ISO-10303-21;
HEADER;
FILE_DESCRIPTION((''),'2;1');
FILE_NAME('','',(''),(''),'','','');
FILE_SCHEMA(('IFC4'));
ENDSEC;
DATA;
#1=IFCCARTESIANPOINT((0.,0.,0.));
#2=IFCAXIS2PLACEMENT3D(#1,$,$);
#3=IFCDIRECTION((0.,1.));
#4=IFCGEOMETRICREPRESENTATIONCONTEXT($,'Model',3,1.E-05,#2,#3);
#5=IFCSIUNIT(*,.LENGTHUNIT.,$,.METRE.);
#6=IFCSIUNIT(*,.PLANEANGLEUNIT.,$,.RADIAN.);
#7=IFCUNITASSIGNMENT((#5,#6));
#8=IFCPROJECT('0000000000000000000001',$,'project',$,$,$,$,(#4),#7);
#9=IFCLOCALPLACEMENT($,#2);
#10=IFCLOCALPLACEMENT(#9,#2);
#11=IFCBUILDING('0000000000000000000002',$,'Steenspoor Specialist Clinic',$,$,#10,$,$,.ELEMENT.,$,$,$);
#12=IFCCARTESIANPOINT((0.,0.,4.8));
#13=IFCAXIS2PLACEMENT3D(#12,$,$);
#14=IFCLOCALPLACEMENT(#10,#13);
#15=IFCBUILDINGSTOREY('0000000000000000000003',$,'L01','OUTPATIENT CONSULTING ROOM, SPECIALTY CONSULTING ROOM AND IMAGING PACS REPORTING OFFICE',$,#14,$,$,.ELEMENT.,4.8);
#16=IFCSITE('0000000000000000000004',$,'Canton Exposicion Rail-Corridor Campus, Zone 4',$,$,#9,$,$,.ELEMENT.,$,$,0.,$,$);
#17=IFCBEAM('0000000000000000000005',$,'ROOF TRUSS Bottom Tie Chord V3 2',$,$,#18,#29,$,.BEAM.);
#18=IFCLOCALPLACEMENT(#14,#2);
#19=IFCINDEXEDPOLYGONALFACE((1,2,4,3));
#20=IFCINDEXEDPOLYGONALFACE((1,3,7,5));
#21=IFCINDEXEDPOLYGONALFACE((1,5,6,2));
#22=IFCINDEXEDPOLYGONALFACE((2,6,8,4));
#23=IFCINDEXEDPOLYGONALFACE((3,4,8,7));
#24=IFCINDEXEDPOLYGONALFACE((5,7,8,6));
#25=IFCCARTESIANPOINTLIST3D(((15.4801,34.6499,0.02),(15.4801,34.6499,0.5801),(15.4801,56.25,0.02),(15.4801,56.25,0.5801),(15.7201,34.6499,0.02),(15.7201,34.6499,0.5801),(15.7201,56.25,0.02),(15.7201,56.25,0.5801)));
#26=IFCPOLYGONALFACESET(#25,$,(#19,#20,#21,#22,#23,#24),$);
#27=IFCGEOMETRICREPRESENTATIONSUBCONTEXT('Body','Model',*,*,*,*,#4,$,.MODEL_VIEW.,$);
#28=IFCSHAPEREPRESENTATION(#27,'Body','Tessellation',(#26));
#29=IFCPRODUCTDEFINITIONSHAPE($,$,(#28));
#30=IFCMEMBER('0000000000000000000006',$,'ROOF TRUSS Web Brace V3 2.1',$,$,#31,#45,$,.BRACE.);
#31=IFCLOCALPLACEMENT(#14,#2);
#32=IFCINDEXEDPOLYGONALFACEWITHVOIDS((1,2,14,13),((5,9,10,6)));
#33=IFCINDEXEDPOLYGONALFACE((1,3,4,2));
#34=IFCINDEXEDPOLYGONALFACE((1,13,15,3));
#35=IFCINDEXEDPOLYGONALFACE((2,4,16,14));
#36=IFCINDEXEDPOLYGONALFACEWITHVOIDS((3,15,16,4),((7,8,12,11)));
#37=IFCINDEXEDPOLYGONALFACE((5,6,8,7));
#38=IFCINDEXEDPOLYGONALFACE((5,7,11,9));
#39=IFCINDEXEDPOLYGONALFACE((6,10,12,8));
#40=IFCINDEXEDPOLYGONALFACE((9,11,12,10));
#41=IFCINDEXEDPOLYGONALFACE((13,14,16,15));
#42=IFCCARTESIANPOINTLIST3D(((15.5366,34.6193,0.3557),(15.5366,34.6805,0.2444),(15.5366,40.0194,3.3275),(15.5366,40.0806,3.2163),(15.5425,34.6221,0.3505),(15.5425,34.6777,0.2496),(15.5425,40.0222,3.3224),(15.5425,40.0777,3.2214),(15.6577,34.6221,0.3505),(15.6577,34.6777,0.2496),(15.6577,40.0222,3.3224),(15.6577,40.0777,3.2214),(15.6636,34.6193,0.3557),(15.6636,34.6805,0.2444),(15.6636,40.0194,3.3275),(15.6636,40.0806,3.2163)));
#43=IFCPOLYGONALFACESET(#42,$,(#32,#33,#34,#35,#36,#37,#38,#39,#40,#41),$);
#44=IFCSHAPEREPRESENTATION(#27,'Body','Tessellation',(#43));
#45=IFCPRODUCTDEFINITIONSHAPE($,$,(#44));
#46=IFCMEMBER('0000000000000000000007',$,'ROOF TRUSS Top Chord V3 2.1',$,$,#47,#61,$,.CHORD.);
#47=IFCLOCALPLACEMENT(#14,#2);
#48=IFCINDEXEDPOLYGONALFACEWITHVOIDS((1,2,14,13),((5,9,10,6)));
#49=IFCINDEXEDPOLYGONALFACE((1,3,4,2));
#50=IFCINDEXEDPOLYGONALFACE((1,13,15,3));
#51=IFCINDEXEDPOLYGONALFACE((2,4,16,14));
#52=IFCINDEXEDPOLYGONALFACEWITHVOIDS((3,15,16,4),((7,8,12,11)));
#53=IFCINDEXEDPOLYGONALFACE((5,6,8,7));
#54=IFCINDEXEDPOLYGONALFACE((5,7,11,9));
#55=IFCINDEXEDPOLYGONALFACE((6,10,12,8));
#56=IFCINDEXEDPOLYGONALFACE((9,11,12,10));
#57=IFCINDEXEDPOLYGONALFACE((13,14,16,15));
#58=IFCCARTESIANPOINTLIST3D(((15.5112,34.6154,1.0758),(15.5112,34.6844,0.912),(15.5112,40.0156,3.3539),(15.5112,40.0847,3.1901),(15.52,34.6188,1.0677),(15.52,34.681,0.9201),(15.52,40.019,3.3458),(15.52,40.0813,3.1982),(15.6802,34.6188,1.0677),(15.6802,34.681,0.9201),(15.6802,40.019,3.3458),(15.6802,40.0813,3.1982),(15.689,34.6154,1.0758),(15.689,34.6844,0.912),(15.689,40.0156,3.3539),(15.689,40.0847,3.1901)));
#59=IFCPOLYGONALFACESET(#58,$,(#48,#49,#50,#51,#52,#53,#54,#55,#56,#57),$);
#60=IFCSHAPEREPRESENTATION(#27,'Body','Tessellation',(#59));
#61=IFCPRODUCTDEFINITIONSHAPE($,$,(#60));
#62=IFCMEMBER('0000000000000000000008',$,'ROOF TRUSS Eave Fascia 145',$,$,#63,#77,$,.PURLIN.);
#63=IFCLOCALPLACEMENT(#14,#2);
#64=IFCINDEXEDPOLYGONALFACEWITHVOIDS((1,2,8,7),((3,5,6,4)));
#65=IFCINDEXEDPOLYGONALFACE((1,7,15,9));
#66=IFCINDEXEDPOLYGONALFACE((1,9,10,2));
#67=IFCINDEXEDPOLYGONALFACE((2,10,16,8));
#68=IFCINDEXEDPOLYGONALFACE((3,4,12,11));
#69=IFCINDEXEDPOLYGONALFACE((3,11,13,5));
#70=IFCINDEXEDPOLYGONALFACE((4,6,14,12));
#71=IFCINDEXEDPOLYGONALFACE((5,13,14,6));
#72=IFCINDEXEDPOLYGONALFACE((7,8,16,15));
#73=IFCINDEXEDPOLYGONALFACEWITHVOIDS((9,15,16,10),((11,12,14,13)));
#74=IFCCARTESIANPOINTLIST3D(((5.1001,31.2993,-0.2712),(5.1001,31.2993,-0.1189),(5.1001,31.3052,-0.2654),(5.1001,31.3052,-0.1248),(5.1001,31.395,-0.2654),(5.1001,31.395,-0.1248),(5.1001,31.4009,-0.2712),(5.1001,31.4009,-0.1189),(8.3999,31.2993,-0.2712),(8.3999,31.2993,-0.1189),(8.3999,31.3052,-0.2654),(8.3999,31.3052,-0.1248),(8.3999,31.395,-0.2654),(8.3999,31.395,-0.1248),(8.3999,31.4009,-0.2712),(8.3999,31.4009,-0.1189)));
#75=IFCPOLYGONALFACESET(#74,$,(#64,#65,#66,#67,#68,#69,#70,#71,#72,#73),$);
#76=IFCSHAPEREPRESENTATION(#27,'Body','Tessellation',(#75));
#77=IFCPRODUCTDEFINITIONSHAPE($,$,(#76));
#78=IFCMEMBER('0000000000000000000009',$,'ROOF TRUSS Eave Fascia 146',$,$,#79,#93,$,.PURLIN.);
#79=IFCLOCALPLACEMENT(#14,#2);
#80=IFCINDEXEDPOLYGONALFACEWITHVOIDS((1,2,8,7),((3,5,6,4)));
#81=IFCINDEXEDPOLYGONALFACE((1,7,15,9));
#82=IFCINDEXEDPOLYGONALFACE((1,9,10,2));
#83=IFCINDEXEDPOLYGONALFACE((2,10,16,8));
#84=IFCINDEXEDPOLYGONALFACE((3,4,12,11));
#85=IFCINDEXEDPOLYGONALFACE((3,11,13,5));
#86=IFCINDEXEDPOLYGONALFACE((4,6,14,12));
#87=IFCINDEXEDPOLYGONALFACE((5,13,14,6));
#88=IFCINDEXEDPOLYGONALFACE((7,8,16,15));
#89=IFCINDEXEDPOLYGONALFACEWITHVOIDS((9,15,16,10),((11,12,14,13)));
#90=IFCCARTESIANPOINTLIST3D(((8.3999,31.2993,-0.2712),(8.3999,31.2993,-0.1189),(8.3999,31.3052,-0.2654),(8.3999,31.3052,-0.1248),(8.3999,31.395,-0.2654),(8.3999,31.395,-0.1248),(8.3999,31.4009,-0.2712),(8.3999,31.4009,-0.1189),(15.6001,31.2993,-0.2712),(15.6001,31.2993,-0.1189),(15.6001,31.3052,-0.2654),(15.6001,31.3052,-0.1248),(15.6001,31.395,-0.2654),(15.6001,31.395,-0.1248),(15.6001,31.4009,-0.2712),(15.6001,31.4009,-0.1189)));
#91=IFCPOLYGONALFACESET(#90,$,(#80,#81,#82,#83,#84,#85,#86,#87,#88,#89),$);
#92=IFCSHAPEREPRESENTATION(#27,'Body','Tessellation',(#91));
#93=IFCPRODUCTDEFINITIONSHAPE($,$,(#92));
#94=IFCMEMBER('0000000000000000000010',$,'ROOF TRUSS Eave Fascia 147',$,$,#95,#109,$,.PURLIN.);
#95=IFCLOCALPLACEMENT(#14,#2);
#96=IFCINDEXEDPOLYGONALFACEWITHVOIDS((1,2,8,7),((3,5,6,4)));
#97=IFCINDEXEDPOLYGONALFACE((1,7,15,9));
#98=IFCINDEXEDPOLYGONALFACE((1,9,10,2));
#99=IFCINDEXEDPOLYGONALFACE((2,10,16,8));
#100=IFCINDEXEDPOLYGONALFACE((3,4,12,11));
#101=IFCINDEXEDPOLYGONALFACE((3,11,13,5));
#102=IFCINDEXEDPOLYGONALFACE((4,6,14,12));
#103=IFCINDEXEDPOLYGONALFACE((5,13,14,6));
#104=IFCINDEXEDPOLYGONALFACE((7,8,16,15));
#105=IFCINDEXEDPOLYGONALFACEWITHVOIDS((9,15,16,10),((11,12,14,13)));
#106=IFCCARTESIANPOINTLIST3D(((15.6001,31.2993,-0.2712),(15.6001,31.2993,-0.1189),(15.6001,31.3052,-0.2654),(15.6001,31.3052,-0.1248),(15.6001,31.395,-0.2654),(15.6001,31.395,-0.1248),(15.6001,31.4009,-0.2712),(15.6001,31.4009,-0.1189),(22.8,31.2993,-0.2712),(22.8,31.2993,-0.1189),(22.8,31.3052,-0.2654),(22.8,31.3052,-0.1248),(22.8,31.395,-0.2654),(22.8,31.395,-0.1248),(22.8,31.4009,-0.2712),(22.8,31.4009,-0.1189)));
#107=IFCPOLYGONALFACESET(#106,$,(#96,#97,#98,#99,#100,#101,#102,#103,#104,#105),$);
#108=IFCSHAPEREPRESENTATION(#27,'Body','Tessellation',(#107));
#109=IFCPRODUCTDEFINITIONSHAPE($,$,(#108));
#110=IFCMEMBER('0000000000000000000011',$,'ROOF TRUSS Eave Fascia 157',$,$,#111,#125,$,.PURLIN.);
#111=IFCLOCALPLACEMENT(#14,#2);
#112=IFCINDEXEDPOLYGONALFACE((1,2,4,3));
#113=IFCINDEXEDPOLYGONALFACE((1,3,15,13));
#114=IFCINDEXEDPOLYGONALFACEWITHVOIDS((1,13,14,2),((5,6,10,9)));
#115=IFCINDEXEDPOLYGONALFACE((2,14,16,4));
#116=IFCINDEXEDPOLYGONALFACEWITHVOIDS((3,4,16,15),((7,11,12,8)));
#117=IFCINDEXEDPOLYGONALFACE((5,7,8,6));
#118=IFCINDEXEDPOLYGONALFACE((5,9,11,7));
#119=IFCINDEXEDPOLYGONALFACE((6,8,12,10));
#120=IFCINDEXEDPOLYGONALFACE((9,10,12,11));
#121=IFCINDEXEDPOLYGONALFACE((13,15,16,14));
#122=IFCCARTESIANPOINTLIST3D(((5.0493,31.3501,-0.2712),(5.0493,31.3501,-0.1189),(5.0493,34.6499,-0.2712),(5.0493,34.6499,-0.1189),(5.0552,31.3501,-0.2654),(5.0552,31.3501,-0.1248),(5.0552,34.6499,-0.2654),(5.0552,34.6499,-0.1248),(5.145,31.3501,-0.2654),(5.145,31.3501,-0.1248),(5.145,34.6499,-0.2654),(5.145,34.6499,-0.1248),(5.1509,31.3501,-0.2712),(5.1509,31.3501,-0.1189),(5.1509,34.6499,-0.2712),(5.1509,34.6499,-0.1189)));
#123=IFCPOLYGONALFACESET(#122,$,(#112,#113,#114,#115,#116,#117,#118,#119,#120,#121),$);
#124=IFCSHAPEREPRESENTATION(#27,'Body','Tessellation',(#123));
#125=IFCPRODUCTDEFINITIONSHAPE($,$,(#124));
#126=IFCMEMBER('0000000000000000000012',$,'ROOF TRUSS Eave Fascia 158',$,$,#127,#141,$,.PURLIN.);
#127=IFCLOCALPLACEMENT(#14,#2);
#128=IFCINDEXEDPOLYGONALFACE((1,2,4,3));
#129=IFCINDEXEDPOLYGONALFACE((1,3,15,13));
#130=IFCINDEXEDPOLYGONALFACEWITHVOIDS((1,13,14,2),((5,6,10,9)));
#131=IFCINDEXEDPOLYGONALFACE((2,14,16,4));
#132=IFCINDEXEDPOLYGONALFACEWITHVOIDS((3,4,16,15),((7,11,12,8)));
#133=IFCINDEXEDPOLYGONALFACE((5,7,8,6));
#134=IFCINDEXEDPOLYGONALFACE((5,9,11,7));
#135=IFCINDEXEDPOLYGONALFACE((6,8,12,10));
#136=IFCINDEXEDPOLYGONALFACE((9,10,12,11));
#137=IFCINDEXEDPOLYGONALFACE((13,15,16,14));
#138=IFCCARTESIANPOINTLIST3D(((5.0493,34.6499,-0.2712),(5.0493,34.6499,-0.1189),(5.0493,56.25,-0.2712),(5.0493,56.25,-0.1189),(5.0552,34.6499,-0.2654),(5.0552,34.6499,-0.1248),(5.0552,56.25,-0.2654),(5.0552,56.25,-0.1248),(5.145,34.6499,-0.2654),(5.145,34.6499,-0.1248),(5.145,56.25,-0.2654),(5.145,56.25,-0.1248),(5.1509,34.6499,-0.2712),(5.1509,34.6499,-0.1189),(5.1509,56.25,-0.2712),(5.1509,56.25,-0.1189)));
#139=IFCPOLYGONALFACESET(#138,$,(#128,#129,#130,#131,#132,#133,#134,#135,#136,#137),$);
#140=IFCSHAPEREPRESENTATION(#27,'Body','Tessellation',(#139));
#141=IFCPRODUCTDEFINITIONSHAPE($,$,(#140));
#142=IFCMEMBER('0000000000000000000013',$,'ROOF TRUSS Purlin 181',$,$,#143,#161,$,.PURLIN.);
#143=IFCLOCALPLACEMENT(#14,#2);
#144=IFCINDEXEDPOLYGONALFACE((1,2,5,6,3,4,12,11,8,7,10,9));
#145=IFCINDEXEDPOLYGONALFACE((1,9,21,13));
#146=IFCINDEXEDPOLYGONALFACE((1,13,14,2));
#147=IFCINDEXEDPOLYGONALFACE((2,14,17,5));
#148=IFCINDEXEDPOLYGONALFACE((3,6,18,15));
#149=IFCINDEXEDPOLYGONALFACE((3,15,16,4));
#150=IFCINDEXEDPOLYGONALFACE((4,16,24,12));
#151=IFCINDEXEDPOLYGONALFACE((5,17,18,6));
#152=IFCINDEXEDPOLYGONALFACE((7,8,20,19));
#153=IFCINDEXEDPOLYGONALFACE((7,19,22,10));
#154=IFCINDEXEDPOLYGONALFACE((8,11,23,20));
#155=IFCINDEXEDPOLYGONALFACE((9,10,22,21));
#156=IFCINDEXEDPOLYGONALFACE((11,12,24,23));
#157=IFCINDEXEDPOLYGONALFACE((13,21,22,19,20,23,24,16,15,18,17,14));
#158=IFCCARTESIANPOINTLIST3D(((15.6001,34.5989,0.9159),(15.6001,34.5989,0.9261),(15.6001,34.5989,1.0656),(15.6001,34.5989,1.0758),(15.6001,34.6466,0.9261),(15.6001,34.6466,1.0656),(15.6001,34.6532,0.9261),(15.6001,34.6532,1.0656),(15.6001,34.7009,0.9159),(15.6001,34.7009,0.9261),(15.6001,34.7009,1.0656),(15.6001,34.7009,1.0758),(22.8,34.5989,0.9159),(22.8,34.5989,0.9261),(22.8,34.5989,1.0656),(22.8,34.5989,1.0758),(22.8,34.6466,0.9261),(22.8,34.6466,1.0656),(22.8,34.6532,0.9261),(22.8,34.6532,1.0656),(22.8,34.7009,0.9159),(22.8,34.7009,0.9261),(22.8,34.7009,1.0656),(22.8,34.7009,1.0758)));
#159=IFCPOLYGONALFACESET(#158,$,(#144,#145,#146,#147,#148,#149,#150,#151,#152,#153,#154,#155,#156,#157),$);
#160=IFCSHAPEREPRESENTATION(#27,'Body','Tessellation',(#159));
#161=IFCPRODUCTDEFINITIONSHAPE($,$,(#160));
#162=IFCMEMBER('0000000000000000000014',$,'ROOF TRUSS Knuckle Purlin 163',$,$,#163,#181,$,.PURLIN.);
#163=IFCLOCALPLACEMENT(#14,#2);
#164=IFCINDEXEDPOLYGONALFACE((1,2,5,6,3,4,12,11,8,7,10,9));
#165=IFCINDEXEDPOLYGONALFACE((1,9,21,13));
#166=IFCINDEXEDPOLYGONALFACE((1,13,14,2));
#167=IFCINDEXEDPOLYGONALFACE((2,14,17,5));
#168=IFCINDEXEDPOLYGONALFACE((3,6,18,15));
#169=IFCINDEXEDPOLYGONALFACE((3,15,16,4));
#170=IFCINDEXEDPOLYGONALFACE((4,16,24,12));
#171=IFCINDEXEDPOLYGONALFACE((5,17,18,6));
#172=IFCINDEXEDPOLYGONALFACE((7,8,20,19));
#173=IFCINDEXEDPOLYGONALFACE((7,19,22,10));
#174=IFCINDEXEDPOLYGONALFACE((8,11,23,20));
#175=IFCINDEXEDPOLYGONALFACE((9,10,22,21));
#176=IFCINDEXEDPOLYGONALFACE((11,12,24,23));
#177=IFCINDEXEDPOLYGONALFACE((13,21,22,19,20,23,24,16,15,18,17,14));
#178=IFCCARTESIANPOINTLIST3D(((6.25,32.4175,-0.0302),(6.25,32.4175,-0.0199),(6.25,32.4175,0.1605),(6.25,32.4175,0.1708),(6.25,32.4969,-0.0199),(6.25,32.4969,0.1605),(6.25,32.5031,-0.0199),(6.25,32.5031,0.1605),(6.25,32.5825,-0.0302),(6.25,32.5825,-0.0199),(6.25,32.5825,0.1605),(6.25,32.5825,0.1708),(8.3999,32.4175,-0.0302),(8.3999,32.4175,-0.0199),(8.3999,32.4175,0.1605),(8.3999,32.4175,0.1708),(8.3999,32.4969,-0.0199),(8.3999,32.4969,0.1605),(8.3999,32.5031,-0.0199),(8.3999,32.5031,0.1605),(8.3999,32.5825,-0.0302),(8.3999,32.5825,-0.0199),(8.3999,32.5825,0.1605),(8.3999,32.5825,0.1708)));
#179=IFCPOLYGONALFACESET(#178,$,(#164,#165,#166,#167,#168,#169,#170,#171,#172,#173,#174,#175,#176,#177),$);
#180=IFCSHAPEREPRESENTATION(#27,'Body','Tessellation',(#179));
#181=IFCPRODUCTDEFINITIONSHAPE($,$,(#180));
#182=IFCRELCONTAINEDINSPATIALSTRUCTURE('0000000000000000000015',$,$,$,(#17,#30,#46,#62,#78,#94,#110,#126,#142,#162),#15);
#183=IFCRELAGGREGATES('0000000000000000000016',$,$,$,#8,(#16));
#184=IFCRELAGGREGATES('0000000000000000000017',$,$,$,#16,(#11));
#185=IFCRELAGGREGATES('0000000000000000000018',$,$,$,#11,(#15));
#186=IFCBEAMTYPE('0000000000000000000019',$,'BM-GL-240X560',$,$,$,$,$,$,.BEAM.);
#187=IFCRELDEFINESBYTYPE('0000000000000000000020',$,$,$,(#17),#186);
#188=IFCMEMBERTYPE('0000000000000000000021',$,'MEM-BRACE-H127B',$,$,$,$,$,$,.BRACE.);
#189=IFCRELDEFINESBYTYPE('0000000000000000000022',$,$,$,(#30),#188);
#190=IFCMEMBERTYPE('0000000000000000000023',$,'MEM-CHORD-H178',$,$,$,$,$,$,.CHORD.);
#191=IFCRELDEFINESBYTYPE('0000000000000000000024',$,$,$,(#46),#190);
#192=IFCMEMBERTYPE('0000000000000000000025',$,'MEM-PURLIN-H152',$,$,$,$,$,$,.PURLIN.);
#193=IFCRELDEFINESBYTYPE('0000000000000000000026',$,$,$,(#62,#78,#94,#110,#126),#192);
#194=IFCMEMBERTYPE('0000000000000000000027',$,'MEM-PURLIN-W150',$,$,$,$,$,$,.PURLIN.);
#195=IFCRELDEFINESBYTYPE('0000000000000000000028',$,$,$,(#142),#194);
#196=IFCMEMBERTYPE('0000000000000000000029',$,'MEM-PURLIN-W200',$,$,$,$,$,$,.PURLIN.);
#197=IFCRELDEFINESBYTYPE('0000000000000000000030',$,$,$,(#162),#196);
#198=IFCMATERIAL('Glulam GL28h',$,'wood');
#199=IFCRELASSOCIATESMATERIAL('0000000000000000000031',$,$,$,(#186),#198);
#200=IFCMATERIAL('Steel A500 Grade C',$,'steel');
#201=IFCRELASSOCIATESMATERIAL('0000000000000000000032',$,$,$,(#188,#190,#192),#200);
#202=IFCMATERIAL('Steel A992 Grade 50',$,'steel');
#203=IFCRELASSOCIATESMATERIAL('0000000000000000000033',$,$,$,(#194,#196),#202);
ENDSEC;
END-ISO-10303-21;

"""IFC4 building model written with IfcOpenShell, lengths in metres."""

from ifc_helpers import new_model, si_unit, direction, frame, origin, origin_2d, place, context, subcontext, project, spatial, rectangle, hollow_rectangle, i_section, extrude, material, material_profile, profile_set, type_object, element, save


model = new_model("IFC4")

# Units and contexts
model_context = context("Model", 3, precision=1e-05, world=origin(), true_north=direction((0.0, 1.0)))
body_context = subcontext(model_context, "Body", "Model", "MODEL_VIEW")
ifc_project = project(units=[si_unit("LENGTHUNIT", "METRE"), si_unit("PLANEANGLEUNIT", "RADIAN")], contexts=[model_context])

# Site, building, storey
site_placement = place(None, origin())
site = spatial("IfcSite", under=ifc_project, at=site_placement, Name="Canton Exposicion Rail-Corridor Campus, Zone 4", CompositionType="ELEMENT", RefElevation=0.0)
building_placement = place(site_placement, origin())
building = spatial("IfcBuilding", under=site, at=building_placement, Name="Steenspoor Specialist Clinic", CompositionType="ELEMENT")
storey_placement = place(building_placement, frame((0.0, 0.0, 4.8)))
storey = spatial("IfcBuildingStorey", under=building, at=storey_placement, Name="L01", Description="OUTPATIENT CONSULTING ROOM, SPECIALTY CONSULTING ROOM AND IMAGING PACS REPORTING OFFICE", CompositionType="ELEMENT", Elevation=4.8)

# Beam
ifc_material_1 = material(Name="Glulam GL28h", Category="wood")
ifc_material_profile_1 = material_profile(ifc_material_1, rectangle(XDim=0.24, YDim=0.5601, at=origin_2d()), Name="GL28H-240X560")
ifc_profile_set_1 = profile_set([ifc_material_profile_1], Name="Glulam GL28h")
beam_type = type_object("IfcBeamType", Name="BM-GL-240X560", PredefinedType="BEAM", material=ifc_profile_set_1)
beam_placement = place(storey_placement, frame((15.6001, 34.6499, 0.3), z_axis=(0.0, 1.0, 0.0), x_axis=(-1.0, 0.0, 0.0)))
element("IfcBeam", 1, at=beam_placement, inside=storey, type_object=beam_type, Name="ROOF TRUSS Bottom Tie Chord V3 2", PredefinedType="BEAM", context=body_context, shape_type="SweptSolid", body=[
    extrude(rectangle(XDim=0.24, YDim=0.5601, at=origin_2d()), origin(), (0.0, 0.0, 1.0), 21.6001),
])

# Members
ifc_material_2 = material(Name="Steel A500 Grade C", Category="steel")
ifc_material_profile_2 = material_profile(ifc_material_2, hollow_rectangle(XDim=0.127, YDim=0.127, WallThickness=0.0059, at=origin_2d()), Name="HSS127X127X6.4")
ifc_profile_set_2 = profile_set([ifc_material_profile_2], Name="Steel A500 Grade C")
member_type_1 = type_object("IfcMemberType", Name="MEM-BRACE-H127B", PredefinedType="BRACE", material=ifc_profile_set_2)
member_1_placement = place(storey_placement, frame((15.6001, 34.6499, 0.3), z_axis=(0.0, 0.87609, 0.482148), x_axis=(-1.0, 0.0, 0.0)))
element("IfcMember", 2, at=member_1_placement, inside=storey, type_object=member_type_1, Name="ROOF TRUSS Web Brace V3 2.1", PredefinedType="BRACE", context=body_context, shape_type="SweptSolid", body=[
    extrude(hollow_rectangle(XDim=0.127, YDim=0.127, WallThickness=0.0059, at=origin_2d()), origin(), (0.0, 0.0, 1.0), 6.1638),
])
ifc_material_profile_3 = material_profile(ifc_material_2, hollow_rectangle(XDim=0.1777, YDim=0.1777, WallThickness=0.0088, at=origin_2d()), Name="HSS178X178X9.5")
ifc_profile_set_3 = profile_set([ifc_material_profile_3], Name="Steel A500 Grade C")
member_type_2 = type_object("IfcMemberType", Name="MEM-CHORD-H178", PredefinedType="CHORD", material=ifc_profile_set_3)
member_2_placement = place(storey_placement, frame((15.6001, 34.6499, 0.9939), z_axis=(0.0, 0.921371, 0.388684), x_axis=(-1.0, 0.0, 0.0)))
element("IfcMember", 3, at=member_2_placement, inside=storey, type_object=member_type_2, Name="ROOF TRUSS Top Chord V3 2.1", PredefinedType="CHORD", context=body_context, shape_type="SweptSolid", body=[
    extrude(hollow_rectangle(XDim=0.1777, YDim=0.1777, WallThickness=0.0088, at=origin_2d()), origin(), (0.0, 0.0, 1.0), 5.8611),
])
ifc_material_profile_4 = material_profile(ifc_material_2, hollow_rectangle(XDim=0.1016, YDim=0.1523, WallThickness=0.0059, at=origin_2d()), Name="HSS152X102X6.4")
ifc_profile_set_4 = profile_set([ifc_material_profile_4], Name="Steel A500 Grade C")
member_type_3 = type_object("IfcMemberType", Name="MEM-PURLIN-H152", PredefinedType="PURLIN", material=ifc_profile_set_4)
member_3_placement = place(storey_placement, frame((5.1001, 31.3501, -0.1951), z_axis=(1.0, 0.0, 0.0), x_axis=(0.0, 1.0, 0.0)))
element("IfcMember", 4, at=member_3_placement, inside=storey, type_object=member_type_3, Name="ROOF TRUSS Eave Fascia 145", PredefinedType="PURLIN", context=body_context, shape_type="SweptSolid", body=[
    extrude(hollow_rectangle(XDim=0.1016, YDim=0.1523, WallThickness=0.0059, at=origin_2d()), origin(), (0.0, 0.0, 1.0), 3.2998),
])
member_4_placement = place(storey_placement, frame((8.3999, 31.3501, -0.1951), z_axis=(1.0, 0.0, 0.0), x_axis=(0.0, 1.0, 0.0)))
element("IfcMember", 5, at=member_4_placement, inside=storey, type_object=member_type_3, Name="ROOF TRUSS Eave Fascia 146", PredefinedType="PURLIN", context=body_context, shape_type="SweptSolid", body=[
    extrude(hollow_rectangle(XDim=0.1016, YDim=0.1523, WallThickness=0.0059, at=origin_2d()), origin(), (0.0, 0.0, 1.0), 7.2002),
])
member_5_placement = place(storey_placement, frame((15.6001, 31.3501, -0.1951), z_axis=(1.0, 0.0, 0.0), x_axis=(0.0, 1.0, 0.0)))
element("IfcMember", 6, at=member_5_placement, inside=storey, type_object=member_type_3, Name="ROOF TRUSS Eave Fascia 147", PredefinedType="PURLIN", context=body_context, shape_type="SweptSolid", body=[
    extrude(hollow_rectangle(XDim=0.1016, YDim=0.1523, WallThickness=0.0059, at=origin_2d()), origin(), (0.0, 0.0, 1.0), 7.2),
])
member_6_placement = place(storey_placement, frame((5.1001, 31.3501, -0.1951), z_axis=(0.0, 1.0, 0.0), x_axis=(-1.0, 0.0, 0.0)))
element("IfcMember", 7, at=member_6_placement, inside=storey, type_object=member_type_3, Name="ROOF TRUSS Eave Fascia 157", PredefinedType="PURLIN", context=body_context, shape_type="SweptSolid", body=[
    extrude(hollow_rectangle(XDim=0.1016, YDim=0.1523, WallThickness=0.0059, at=origin_2d()), origin(), (0.0, 0.0, 1.0), 3.2998),
])
member_7_placement = place(storey_placement, frame((5.1001, 34.6499, -0.1951), z_axis=(0.0, 1.0, 0.0), x_axis=(-1.0, 0.0, 0.0)))
element("IfcMember", 8, at=member_7_placement, inside=storey, type_object=member_type_3, Name="ROOF TRUSS Eave Fascia 158", PredefinedType="PURLIN", context=body_context, shape_type="SweptSolid", body=[
    extrude(hollow_rectangle(XDim=0.1016, YDim=0.1523, WallThickness=0.0059, at=origin_2d()), origin(), (0.0, 0.0, 1.0), 21.6001),
])
ifc_material_3 = material(Name="Steel A992 Grade 50", Category="steel")
ifc_material_profile_5 = material_profile(ifc_material_3, i_section(OverallWidth=0.1021, OverallDepth=0.1599, WebThickness=0.0066, FlangeThickness=0.0103, at=origin_2d()), Name="W150X24")
ifc_profile_set_5 = profile_set([ifc_material_profile_5], Name="Steel A992 Grade 50")
member_type_4 = type_object("IfcMemberType", Name="MEM-PURLIN-W150", PredefinedType="PURLIN", material=ifc_profile_set_5)
member_8_placement = place(storey_placement, frame((15.6001, 34.6499, 0.9958), z_axis=(1.0, 0.0, 0.0), x_axis=(0.0, 1.0, 0.0)))
element("IfcMember", 9, at=member_8_placement, inside=storey, type_object=member_type_4, Name="ROOF TRUSS Purlin 181", PredefinedType="PURLIN", context=body_context, shape_type="SweptSolid", body=[
    extrude(i_section(OverallWidth=0.1021, OverallDepth=0.1599, WebThickness=0.0066, FlangeThickness=0.0103, at=origin_2d()), origin(), (0.0, 0.0, 1.0), 7.2),
])
ifc_material_profile_6 = material_profile(ifc_material_3, i_section(OverallWidth=0.165, OverallDepth=0.2009, WebThickness=0.0061, FlangeThickness=0.0103, at=origin_2d()), Name="W200X36")
ifc_profile_set_6 = profile_set([ifc_material_profile_6], Name="Steel A992 Grade 50")
member_type_5 = type_object("IfcMemberType", Name="MEM-PURLIN-W200", PredefinedType="PURLIN", material=ifc_profile_set_6)
member_9_placement = place(storey_placement, frame((6.25, 32.5, 0.0703), z_axis=(1.0, 0.0, 0.0), x_axis=(0.0, 1.0, 0.0)))
element("IfcMember", 10, at=member_9_placement, inside=storey, type_object=member_type_5, Name="ROOF TRUSS Knuckle Purlin 163", PredefinedType="PURLIN", context=body_context, shape_type="SweptSolid", body=[
    extrude(i_section(OverallWidth=0.165, OverallDepth=0.2009, WebThickness=0.0061, FlangeThickness=0.0103, at=origin_2d()), origin(), (0.0, 0.0, 1.0), 2.1499),
])

save(model, "model.ifc")
